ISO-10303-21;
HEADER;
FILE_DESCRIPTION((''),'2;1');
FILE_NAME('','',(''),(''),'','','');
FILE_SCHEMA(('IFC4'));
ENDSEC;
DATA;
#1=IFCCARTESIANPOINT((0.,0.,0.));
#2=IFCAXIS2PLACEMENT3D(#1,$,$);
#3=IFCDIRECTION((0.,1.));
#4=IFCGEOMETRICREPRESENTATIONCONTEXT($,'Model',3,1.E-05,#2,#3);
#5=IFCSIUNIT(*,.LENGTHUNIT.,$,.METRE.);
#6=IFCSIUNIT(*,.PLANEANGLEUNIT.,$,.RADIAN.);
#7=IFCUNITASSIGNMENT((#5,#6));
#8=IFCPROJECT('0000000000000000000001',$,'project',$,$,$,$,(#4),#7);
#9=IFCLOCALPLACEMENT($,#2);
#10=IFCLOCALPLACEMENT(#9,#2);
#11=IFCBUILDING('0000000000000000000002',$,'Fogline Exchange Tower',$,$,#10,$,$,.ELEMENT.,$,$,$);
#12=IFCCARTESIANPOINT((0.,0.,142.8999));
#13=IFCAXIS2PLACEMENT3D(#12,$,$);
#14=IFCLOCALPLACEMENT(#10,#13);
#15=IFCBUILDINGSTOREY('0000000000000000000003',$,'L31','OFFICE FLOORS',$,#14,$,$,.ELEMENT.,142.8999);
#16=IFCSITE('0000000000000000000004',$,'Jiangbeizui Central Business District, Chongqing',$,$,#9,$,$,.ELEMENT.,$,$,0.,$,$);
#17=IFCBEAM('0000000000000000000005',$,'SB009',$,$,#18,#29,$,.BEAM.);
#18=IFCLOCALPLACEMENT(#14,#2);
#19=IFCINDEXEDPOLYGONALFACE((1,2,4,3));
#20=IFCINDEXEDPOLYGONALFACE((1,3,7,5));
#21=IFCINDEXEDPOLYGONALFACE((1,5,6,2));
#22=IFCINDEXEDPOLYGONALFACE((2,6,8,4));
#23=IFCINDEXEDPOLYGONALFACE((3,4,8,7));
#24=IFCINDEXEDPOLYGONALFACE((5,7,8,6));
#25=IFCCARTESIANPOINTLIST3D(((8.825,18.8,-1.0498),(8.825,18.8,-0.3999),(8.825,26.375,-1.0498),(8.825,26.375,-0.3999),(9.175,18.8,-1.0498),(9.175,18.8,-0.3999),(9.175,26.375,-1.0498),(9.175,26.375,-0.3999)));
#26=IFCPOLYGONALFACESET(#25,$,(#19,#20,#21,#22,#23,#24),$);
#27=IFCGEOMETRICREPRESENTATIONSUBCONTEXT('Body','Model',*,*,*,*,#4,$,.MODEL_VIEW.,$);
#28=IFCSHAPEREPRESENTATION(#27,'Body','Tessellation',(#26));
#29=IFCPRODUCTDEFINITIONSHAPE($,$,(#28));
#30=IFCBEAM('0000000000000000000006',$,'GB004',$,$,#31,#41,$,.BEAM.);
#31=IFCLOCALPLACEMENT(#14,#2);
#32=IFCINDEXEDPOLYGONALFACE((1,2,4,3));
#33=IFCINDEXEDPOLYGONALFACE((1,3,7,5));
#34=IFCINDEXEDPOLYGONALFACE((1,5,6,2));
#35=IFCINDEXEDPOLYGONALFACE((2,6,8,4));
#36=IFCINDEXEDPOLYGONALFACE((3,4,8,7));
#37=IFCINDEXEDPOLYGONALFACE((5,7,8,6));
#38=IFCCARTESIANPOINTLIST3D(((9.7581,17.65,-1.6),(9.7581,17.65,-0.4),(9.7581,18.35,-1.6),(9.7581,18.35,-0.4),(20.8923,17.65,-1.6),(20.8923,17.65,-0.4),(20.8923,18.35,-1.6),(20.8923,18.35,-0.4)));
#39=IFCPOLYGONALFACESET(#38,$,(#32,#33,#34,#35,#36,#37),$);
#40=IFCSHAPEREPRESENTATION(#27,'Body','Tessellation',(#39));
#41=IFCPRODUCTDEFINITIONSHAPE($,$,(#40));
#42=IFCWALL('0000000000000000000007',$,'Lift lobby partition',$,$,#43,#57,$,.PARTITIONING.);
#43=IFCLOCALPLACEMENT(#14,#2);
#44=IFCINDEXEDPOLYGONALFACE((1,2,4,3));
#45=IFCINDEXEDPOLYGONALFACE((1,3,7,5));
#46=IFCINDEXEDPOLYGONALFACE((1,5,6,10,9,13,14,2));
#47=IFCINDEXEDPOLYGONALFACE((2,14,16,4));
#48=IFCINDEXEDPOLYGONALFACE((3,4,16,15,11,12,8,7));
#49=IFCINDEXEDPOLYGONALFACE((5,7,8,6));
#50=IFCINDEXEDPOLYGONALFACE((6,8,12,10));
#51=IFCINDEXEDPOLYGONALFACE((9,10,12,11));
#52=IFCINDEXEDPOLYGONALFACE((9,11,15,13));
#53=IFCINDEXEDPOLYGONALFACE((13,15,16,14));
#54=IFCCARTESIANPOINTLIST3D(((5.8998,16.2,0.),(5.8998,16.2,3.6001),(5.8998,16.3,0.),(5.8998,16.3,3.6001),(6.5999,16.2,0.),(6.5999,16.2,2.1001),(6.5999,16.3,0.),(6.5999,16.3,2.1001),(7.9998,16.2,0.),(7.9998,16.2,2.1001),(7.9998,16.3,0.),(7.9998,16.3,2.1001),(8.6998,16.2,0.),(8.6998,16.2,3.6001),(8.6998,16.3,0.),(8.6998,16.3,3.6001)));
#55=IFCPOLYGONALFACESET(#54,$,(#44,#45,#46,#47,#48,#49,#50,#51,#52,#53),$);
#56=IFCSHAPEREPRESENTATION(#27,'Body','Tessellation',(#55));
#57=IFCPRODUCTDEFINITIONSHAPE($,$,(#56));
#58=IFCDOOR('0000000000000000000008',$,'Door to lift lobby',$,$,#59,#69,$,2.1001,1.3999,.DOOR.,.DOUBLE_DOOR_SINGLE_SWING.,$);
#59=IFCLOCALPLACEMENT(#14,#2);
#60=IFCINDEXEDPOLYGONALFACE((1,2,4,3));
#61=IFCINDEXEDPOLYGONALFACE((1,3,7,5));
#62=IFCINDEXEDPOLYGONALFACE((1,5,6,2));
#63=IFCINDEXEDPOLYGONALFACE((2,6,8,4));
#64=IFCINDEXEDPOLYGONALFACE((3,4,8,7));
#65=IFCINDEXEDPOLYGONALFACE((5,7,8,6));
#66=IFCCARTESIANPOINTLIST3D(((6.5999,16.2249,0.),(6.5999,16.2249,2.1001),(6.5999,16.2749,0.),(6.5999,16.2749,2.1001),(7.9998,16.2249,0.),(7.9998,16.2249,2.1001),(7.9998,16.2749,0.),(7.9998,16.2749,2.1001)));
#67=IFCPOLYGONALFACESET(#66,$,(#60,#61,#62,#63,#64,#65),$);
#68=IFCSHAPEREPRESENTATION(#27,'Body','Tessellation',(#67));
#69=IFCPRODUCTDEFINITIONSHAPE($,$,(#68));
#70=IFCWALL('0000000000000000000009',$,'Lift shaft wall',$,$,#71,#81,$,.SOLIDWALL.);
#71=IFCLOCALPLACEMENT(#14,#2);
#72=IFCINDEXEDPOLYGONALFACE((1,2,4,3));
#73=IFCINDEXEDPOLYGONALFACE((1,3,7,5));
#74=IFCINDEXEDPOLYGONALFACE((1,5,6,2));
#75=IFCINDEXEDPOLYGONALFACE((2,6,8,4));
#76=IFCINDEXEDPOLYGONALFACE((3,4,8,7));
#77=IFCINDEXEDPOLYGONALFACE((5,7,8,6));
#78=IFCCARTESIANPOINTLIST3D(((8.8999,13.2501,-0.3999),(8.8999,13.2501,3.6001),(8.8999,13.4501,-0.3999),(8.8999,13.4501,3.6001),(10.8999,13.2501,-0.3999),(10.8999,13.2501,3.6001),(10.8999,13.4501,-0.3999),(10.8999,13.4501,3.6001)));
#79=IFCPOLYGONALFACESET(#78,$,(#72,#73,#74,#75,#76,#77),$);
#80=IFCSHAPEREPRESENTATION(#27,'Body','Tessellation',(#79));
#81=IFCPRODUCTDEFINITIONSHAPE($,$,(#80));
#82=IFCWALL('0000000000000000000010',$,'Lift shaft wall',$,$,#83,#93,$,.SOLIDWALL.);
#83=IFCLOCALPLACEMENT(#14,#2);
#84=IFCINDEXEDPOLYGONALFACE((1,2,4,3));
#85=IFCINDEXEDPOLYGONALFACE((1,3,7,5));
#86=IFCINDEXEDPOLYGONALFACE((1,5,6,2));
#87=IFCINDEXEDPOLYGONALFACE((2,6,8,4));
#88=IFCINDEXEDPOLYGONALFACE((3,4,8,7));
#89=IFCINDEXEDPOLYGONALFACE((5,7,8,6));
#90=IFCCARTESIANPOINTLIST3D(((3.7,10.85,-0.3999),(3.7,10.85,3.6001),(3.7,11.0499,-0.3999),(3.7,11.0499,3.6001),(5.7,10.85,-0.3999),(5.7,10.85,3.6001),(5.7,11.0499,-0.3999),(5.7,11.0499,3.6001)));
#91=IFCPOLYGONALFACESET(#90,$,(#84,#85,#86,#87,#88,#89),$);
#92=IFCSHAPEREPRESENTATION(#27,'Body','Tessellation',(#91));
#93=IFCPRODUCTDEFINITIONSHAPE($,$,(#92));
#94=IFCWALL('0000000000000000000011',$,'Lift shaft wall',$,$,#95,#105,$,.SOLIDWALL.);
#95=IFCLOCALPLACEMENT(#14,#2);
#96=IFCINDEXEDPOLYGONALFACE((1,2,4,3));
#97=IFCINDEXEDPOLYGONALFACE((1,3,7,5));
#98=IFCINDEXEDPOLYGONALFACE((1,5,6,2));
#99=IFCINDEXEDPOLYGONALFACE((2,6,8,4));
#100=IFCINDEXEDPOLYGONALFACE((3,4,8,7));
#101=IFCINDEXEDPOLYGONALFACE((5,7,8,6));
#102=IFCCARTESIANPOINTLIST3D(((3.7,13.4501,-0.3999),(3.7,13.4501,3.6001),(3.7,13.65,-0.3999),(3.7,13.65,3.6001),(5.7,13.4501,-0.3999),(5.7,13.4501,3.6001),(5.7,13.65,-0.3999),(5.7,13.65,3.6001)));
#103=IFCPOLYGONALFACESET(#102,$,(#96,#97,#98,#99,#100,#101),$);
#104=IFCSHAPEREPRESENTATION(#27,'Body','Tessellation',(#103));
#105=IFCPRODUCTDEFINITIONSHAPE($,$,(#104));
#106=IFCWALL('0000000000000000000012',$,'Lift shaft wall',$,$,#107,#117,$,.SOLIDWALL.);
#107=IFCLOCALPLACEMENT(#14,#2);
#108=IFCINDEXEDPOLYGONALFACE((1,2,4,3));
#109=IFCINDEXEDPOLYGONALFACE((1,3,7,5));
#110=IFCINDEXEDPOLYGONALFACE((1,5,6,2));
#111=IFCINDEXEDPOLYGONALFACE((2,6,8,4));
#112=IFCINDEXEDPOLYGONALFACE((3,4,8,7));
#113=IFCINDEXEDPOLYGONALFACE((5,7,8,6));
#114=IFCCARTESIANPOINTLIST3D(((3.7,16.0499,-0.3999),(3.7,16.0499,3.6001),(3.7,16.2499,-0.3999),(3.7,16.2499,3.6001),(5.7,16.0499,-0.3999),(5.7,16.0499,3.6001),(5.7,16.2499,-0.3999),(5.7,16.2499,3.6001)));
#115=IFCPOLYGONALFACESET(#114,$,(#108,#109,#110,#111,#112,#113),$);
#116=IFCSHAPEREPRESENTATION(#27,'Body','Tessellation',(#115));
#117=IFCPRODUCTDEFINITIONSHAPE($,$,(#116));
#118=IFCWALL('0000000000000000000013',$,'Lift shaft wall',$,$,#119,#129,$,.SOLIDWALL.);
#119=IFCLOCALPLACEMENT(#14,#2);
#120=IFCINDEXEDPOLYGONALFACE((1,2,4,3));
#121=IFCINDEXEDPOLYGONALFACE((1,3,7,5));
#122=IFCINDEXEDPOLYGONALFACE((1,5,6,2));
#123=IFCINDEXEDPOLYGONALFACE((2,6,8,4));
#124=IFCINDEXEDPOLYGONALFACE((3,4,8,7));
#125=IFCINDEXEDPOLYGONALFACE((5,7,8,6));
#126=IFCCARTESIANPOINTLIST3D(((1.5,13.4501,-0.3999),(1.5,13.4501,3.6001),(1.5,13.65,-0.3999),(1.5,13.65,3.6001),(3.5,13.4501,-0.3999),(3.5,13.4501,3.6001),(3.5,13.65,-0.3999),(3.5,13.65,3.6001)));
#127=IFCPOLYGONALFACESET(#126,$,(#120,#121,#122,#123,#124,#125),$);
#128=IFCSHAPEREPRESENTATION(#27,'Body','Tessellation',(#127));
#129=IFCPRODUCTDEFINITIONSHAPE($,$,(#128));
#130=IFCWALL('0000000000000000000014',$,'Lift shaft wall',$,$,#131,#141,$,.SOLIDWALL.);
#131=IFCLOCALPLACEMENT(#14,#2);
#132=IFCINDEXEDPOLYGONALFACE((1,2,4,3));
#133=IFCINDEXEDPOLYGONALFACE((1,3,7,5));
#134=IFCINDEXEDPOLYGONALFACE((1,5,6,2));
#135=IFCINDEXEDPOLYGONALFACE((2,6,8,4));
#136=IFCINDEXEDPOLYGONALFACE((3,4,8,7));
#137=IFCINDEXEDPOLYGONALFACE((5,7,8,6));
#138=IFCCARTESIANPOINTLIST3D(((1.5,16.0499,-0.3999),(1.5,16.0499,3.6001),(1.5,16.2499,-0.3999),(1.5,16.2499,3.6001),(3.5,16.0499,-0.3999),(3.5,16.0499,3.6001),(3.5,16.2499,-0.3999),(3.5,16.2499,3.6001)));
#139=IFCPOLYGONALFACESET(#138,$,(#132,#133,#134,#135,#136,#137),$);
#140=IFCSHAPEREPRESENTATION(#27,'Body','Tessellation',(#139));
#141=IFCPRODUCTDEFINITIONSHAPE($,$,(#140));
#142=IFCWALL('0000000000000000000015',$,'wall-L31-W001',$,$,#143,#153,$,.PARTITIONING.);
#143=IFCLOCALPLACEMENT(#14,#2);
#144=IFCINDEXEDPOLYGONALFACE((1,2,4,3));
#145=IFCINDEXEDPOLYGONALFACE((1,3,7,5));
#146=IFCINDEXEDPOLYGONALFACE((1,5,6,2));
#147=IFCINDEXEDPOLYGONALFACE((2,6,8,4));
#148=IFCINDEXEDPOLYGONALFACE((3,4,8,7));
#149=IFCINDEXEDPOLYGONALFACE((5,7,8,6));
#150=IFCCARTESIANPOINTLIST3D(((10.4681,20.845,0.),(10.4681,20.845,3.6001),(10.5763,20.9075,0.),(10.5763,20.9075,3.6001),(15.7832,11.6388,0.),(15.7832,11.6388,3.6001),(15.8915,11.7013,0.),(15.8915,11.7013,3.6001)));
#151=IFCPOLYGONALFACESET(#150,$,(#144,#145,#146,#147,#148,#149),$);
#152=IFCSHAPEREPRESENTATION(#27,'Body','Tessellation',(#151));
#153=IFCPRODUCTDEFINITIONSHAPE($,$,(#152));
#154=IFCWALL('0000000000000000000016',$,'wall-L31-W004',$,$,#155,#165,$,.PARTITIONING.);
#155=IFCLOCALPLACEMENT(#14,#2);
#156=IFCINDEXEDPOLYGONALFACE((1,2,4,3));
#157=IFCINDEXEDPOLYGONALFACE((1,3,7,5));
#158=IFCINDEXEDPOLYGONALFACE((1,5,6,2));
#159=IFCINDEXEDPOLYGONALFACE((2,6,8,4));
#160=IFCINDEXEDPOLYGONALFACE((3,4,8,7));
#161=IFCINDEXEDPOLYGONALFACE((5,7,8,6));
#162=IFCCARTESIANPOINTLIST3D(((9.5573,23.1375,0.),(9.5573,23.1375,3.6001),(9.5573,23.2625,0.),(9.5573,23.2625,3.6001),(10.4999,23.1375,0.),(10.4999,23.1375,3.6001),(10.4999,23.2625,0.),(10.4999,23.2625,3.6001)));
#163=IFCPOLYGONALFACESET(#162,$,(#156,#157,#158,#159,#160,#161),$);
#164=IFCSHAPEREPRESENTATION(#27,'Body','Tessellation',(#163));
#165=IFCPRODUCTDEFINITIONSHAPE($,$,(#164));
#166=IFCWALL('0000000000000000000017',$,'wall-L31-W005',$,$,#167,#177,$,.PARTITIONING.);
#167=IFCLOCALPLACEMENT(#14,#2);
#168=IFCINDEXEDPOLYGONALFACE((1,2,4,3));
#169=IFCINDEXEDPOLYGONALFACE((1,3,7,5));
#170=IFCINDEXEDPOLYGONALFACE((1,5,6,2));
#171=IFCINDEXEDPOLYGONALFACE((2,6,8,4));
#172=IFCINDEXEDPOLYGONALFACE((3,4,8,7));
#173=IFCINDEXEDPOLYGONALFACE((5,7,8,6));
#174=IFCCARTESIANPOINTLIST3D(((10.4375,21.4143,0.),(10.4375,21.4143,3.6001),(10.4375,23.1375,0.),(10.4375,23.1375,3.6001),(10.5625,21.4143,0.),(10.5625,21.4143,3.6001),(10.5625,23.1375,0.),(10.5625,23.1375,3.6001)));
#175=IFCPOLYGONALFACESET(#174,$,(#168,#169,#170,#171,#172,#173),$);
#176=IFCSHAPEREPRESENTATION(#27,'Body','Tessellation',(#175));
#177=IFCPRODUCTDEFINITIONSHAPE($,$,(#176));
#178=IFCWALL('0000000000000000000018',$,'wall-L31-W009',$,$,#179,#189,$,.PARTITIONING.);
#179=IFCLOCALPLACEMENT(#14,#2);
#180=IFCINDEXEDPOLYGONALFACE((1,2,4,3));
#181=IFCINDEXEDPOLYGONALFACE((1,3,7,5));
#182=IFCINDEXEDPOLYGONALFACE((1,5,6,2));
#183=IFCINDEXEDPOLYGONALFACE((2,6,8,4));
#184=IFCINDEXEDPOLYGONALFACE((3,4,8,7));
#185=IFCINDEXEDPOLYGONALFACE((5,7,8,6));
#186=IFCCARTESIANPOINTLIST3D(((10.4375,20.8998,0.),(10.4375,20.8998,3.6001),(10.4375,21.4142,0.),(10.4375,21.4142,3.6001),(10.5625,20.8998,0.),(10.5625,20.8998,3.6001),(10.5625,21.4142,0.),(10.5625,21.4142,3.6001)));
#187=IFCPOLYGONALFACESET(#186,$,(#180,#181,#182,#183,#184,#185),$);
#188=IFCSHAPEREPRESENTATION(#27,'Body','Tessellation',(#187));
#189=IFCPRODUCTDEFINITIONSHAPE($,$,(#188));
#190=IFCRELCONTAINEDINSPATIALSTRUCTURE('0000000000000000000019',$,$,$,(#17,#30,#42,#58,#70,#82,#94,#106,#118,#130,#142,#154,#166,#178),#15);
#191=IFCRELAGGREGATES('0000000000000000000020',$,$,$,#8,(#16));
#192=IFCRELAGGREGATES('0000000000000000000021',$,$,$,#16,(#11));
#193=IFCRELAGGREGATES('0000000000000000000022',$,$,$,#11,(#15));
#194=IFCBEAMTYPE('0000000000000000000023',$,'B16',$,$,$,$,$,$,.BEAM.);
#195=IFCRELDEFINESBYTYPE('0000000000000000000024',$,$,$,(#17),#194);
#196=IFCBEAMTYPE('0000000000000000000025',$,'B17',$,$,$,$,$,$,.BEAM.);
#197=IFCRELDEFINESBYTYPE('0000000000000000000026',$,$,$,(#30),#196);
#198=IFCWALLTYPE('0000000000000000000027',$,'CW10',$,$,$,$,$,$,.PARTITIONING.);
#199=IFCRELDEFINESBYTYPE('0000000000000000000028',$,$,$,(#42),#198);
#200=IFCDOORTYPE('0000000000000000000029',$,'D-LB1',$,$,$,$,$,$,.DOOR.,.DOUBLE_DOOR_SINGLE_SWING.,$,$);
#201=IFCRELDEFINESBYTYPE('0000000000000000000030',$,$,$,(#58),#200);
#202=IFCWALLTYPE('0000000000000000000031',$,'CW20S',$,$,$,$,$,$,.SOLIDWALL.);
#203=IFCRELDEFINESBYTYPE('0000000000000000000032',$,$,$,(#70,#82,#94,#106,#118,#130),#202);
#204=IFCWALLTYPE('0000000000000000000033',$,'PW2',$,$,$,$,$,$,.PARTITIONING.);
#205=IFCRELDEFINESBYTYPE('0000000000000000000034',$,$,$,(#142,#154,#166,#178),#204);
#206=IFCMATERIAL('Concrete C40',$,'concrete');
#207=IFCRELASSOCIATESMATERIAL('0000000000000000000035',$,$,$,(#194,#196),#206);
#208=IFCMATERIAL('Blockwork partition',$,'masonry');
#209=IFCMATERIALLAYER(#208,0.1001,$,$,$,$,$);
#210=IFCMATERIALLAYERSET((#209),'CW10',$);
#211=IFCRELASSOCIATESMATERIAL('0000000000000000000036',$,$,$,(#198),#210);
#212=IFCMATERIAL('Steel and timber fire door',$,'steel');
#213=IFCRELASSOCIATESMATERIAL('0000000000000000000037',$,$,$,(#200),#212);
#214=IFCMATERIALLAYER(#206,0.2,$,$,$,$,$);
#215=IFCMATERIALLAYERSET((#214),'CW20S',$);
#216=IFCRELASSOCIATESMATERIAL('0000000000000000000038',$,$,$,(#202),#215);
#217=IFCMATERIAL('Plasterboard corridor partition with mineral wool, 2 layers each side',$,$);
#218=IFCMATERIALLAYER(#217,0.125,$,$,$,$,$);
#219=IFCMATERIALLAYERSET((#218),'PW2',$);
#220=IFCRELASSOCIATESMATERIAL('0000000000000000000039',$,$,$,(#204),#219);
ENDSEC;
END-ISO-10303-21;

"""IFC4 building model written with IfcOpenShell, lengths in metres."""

from ifc_helpers import new_model, si_unit, direction, frame, frame_2d, origin, origin_2d, place, context, subcontext, project, spatial, rectangle, extrude, material, layer, layer_set, material_profile, profile_set, type_object, element, fill, save


model = new_model("IFC4")

# Units and contexts
model_context = context("Model", 3, precision=1e-05, world=origin(), true_north=direction((0.0, 1.0)))
body_context = subcontext(model_context, "Body", "Model", "MODEL_VIEW")
ifc_project = project(units=[si_unit("LENGTHUNIT", "METRE"), si_unit("PLANEANGLEUNIT", "RADIAN")], contexts=[model_context])

# Site, building, storey
site_placement = place(None, origin())
site = spatial("IfcSite", under=ifc_project, at=site_placement, Name="Jiangbeizui Central Business District, Chongqing", CompositionType="ELEMENT", RefElevation=0.0)
building_placement = place(site_placement, origin())
building = spatial("IfcBuilding", under=site, at=building_placement, Name="Fogline Exchange Tower", CompositionType="ELEMENT")
storey_placement = place(building_placement, frame((0.0, 0.0, 142.8999)))
storey = spatial("IfcBuildingStorey", under=building, at=storey_placement, Name="L31", Description="OFFICE FLOORS", CompositionType="ELEMENT", Elevation=142.8999)

# Beams
ifc_material_1 = material(Name="Concrete C40", Category="concrete")
ifc_material_profile_1 = material_profile(ifc_material_1, rectangle(XDim=0.3501, YDim=0.6499, at=origin_2d()), Name="RC 350x650")
ifc_profile_set_1 = profile_set([ifc_material_profile_1], Name="Concrete C40")
beam_type_1 = type_object("IfcBeamType", Name="B16", PredefinedType="BEAM", material=ifc_profile_set_1)
beam_1_placement = place(storey_placement, frame((9.0, 18.8, -0.7249), z_axis=(0.0, 1.0, 0.0), x_axis=(-1.0, 0.0, 0.0)))
element("IfcBeam", 1, at=beam_1_placement, inside=storey, type_object=beam_type_1, Name="SB009", PredefinedType="BEAM", context=body_context, shape_type="SweptSolid", body=[
    extrude(rectangle(XDim=0.3501, YDim=0.6499, at=origin_2d()), origin(), (0.0, 0.0, 1.0), 7.575),
])
ifc_material_profile_2 = material_profile(ifc_material_1, rectangle(XDim=0.7, YDim=1.2, at=origin_2d()), Name="RC 700x1200")
ifc_profile_set_2 = profile_set([ifc_material_profile_2], Name="Concrete C40")
beam_type_2 = type_object("IfcBeamType", Name="B17", PredefinedType="BEAM", material=ifc_profile_set_2)
beam_2_placement = place(storey_placement, frame((9.7581, 18.0, -1.0), z_axis=(1.0, 0.0, 0.0), x_axis=(0.0, 1.0, 0.0)))
element("IfcBeam", 2, at=beam_2_placement, inside=storey, type_object=beam_type_2, Name="GB004", PredefinedType="BEAM", context=body_context, shape_type="SweptSolid", body=[
    extrude(rectangle(XDim=0.7, YDim=1.2, at=origin_2d()), origin(), (0.0, 0.0, 1.0), 11.1343),
])

# Wall, opening, door
ifc_material_2 = material(Name="Blockwork partition", Category="masonry")
ifc_layer_1 = layer(ifc_material_2, 0.1001)
ifc_layer_set_1 = layer_set([ifc_layer_1], Name="CW10")
wall_type_1 = type_object("IfcWallType", Name="CW10", PredefinedType="PARTITIONING", material=ifc_layer_set_1)
wall_1_placement = place(storey_placement, frame((5.8999, 16.25, 0.0), z_axis=(0.0, 0.0, 1.0), x_axis=(1.0, 0.0, 0.0)))
wall_1 = element("IfcWall", 3, at=wall_1_placement, inside=storey, type_object=wall_type_1, Name="Lift lobby partition", PredefinedType="PARTITIONING", context=body_context, shape_type="SweptSolid", body=[
    extrude(rectangle(XDim=2.8, YDim=0.1001, at=frame_2d((1.3999, 0.0))), origin(), (0.0, 0.0, 1.0), 3.6001),
])
opening_1_placement = place(wall_1_placement, frame((0.7, 0.0, 0.0)))
opening_1 = element("IfcOpeningElement", 4, at=opening_1_placement, cuts=wall_1, PredefinedType="OPENING", context=body_context, shape_type="SweptSolid", body=[
    extrude(rectangle(XDim=1.3999, YDim=2.1001, at=frame_2d((0.7, 1.05))), frame((0.0, 0.0601, 0.0), z_axis=(0.0, -1.0, 0.0), x_axis=(1.0, 0.0, 0.0)), (0.0, 0.0, 1.0), 0.1201),
])
ifc_material_3 = material(Name="Steel and timber fire door", Category="steel")
door_type_1 = type_object("IfcDoorType", Name="D-LB1", OperationType="DOUBLE_DOOR_SINGLE_SWING", PredefinedType="DOOR", material=ifc_material_3)
door_1_placement = place(opening_1_placement, origin())
door_1 = element("IfcDoor", 5, at=door_1_placement, inside=storey, type_object=door_type_1, Name="Door to lift lobby", OperationType="DOUBLE_DOOR_SINGLE_SWING", OverallHeight=2.1001, OverallWidth=1.3999, PredefinedType="DOOR", context=body_context, shape_type="SweptSolid", body=[
    extrude(rectangle(XDim=1.3999, YDim=2.1001, at=frame_2d((0.7, 1.05))), frame((0.0, 0.0249, 0.0), z_axis=(0.0, -1.0, 0.0), x_axis=(1.0, 0.0, 0.0)), (0.0, 0.0, 1.0), 0.05),
])
fill(opening_1, door_1)

# Walls
ifc_layer_2 = layer(ifc_material_1, 0.2)
ifc_layer_set_2 = layer_set([ifc_layer_2], Name="CW20S")
wall_type_2 = type_object("IfcWallType", Name="CW20S", PredefinedType="SOLIDWALL", material=ifc_layer_set_2)
for number, where, z_axis, x_axis, name in (
    (6, (8.8999, 13.3501, -0.3999), (0.0, 0.0, 1.0), (1.0, 0.0, 0.0), "Lift shaft wall"),
    (7, (3.7, 10.95, -0.3999), (0.0, 0.0, 1.0), (1.0, 0.0, 0.0), "Lift shaft wall"),
    (8, (3.7, 13.55, -0.3999), (0.0, 0.0, 1.0), (1.0, 0.0, 0.0), "Lift shaft wall"),
    (9, (3.7, 16.1499, -0.3999), (0.0, 0.0, 1.0), (1.0, 0.0, 0.0), "Lift shaft wall"),
    (10, (1.5, 13.55, -0.3999), (0.0, 0.0, 1.0), (1.0, 0.0, 0.0), "Lift shaft wall"),
    (11, (1.5, 16.1499, -0.3999), (0.0, 0.0, 1.0), (1.0, 0.0, 0.0), "Lift shaft wall"),
):
    element("IfcWall", number, at=place(storey_placement, frame(where, z_axis=z_axis, x_axis=x_axis)), inside=storey, type_object=wall_type_2, Name=name, PredefinedType="SOLIDWALL", context=body_context, shape_type="SweptSolid", body=[
        extrude(rectangle(XDim=2.0, YDim=0.2, at=frame_2d((1.0, 0.0))), origin(), (0.0, 0.0, 1.0), 4.0),
    ])
ifc_material_4 = material(Name="Plasterboard corridor partition with mineral wool, 2 layers each side")
ifc_layer_3 = layer(ifc_material_4, 0.125)
ifc_layer_set_3 = layer_set([ifc_layer_3], Name="PW2")
wall_type_3 = type_object("IfcWallType", Name="PW2", PredefinedType="PARTITIONING", material=ifc_layer_set_3)
wall_2_placement = place(storey_placement, frame((10.5222, 20.8762, 0.0), z_axis=(0.0, 0.0, 1.0), x_axis=(0.499995, -0.866028, 0.0)))
element("IfcWall", 12, at=wall_2_placement, inside=storey, type_object=wall_type_3, Name="wall-L31-W001", PredefinedType="PARTITIONING", context=body_context, shape_type="SweptSolid", body=[
    extrude(rectangle(XDim=10.6304, YDim=0.125, at=frame_2d((5.3152, 0.0))), origin(), (0.0, 0.0, 1.0), 3.6001),
])
wall_3_placement = place(storey_placement, frame((9.5574, 23.2, 0.0), z_axis=(0.0, 0.0, 1.0), x_axis=(1.0, 0.0, 0.0)))
element("IfcWall", 13, at=wall_3_placement, inside=storey, type_object=wall_type_3, Name="wall-L31-W004", PredefinedType="PARTITIONING", context=body_context, shape_type="SweptSolid", body=[
    extrude(rectangle(XDim=0.9426, YDim=0.125, at=frame_2d((0.4712, 0.0))), origin(), (0.0, 0.0, 1.0), 3.6001),
])
wall_4_placement = place(storey_placement, frame((10.5, 23.1375, 0.0), z_axis=(0.0, 0.0, 1.0), x_axis=(0.0, -1.0, 0.0)))
element("IfcWall", 14, at=wall_4_placement, inside=storey, type_object=wall_type_3, Name="wall-L31-W005", PredefinedType="PARTITIONING", context=body_context, shape_type="SweptSolid", body=[
    extrude(rectangle(XDim=1.7231, YDim=0.125, at=frame_2d((0.8616, 0.0))), origin(), (0.0, 0.0, 1.0), 3.6001),
])
wall_5_placement = place(storey_placement, frame((10.5, 21.4143, 0.0), z_axis=(0.0, 0.0, 1.0), x_axis=(0.0, -1.0, 0.0)))
element("IfcWall", 15, at=wall_5_placement, inside=storey, type_object=wall_type_3, Name="wall-L31-W009", PredefinedType="PARTITIONING", context=body_context, shape_type="SweptSolid", body=[
    extrude(rectangle(XDim=0.5144, YDim=0.125, at=frame_2d((0.2573, 0.0))), origin(), (0.0, 0.0, 1.0), 3.6001),
])

save(model, "model.ifc")
